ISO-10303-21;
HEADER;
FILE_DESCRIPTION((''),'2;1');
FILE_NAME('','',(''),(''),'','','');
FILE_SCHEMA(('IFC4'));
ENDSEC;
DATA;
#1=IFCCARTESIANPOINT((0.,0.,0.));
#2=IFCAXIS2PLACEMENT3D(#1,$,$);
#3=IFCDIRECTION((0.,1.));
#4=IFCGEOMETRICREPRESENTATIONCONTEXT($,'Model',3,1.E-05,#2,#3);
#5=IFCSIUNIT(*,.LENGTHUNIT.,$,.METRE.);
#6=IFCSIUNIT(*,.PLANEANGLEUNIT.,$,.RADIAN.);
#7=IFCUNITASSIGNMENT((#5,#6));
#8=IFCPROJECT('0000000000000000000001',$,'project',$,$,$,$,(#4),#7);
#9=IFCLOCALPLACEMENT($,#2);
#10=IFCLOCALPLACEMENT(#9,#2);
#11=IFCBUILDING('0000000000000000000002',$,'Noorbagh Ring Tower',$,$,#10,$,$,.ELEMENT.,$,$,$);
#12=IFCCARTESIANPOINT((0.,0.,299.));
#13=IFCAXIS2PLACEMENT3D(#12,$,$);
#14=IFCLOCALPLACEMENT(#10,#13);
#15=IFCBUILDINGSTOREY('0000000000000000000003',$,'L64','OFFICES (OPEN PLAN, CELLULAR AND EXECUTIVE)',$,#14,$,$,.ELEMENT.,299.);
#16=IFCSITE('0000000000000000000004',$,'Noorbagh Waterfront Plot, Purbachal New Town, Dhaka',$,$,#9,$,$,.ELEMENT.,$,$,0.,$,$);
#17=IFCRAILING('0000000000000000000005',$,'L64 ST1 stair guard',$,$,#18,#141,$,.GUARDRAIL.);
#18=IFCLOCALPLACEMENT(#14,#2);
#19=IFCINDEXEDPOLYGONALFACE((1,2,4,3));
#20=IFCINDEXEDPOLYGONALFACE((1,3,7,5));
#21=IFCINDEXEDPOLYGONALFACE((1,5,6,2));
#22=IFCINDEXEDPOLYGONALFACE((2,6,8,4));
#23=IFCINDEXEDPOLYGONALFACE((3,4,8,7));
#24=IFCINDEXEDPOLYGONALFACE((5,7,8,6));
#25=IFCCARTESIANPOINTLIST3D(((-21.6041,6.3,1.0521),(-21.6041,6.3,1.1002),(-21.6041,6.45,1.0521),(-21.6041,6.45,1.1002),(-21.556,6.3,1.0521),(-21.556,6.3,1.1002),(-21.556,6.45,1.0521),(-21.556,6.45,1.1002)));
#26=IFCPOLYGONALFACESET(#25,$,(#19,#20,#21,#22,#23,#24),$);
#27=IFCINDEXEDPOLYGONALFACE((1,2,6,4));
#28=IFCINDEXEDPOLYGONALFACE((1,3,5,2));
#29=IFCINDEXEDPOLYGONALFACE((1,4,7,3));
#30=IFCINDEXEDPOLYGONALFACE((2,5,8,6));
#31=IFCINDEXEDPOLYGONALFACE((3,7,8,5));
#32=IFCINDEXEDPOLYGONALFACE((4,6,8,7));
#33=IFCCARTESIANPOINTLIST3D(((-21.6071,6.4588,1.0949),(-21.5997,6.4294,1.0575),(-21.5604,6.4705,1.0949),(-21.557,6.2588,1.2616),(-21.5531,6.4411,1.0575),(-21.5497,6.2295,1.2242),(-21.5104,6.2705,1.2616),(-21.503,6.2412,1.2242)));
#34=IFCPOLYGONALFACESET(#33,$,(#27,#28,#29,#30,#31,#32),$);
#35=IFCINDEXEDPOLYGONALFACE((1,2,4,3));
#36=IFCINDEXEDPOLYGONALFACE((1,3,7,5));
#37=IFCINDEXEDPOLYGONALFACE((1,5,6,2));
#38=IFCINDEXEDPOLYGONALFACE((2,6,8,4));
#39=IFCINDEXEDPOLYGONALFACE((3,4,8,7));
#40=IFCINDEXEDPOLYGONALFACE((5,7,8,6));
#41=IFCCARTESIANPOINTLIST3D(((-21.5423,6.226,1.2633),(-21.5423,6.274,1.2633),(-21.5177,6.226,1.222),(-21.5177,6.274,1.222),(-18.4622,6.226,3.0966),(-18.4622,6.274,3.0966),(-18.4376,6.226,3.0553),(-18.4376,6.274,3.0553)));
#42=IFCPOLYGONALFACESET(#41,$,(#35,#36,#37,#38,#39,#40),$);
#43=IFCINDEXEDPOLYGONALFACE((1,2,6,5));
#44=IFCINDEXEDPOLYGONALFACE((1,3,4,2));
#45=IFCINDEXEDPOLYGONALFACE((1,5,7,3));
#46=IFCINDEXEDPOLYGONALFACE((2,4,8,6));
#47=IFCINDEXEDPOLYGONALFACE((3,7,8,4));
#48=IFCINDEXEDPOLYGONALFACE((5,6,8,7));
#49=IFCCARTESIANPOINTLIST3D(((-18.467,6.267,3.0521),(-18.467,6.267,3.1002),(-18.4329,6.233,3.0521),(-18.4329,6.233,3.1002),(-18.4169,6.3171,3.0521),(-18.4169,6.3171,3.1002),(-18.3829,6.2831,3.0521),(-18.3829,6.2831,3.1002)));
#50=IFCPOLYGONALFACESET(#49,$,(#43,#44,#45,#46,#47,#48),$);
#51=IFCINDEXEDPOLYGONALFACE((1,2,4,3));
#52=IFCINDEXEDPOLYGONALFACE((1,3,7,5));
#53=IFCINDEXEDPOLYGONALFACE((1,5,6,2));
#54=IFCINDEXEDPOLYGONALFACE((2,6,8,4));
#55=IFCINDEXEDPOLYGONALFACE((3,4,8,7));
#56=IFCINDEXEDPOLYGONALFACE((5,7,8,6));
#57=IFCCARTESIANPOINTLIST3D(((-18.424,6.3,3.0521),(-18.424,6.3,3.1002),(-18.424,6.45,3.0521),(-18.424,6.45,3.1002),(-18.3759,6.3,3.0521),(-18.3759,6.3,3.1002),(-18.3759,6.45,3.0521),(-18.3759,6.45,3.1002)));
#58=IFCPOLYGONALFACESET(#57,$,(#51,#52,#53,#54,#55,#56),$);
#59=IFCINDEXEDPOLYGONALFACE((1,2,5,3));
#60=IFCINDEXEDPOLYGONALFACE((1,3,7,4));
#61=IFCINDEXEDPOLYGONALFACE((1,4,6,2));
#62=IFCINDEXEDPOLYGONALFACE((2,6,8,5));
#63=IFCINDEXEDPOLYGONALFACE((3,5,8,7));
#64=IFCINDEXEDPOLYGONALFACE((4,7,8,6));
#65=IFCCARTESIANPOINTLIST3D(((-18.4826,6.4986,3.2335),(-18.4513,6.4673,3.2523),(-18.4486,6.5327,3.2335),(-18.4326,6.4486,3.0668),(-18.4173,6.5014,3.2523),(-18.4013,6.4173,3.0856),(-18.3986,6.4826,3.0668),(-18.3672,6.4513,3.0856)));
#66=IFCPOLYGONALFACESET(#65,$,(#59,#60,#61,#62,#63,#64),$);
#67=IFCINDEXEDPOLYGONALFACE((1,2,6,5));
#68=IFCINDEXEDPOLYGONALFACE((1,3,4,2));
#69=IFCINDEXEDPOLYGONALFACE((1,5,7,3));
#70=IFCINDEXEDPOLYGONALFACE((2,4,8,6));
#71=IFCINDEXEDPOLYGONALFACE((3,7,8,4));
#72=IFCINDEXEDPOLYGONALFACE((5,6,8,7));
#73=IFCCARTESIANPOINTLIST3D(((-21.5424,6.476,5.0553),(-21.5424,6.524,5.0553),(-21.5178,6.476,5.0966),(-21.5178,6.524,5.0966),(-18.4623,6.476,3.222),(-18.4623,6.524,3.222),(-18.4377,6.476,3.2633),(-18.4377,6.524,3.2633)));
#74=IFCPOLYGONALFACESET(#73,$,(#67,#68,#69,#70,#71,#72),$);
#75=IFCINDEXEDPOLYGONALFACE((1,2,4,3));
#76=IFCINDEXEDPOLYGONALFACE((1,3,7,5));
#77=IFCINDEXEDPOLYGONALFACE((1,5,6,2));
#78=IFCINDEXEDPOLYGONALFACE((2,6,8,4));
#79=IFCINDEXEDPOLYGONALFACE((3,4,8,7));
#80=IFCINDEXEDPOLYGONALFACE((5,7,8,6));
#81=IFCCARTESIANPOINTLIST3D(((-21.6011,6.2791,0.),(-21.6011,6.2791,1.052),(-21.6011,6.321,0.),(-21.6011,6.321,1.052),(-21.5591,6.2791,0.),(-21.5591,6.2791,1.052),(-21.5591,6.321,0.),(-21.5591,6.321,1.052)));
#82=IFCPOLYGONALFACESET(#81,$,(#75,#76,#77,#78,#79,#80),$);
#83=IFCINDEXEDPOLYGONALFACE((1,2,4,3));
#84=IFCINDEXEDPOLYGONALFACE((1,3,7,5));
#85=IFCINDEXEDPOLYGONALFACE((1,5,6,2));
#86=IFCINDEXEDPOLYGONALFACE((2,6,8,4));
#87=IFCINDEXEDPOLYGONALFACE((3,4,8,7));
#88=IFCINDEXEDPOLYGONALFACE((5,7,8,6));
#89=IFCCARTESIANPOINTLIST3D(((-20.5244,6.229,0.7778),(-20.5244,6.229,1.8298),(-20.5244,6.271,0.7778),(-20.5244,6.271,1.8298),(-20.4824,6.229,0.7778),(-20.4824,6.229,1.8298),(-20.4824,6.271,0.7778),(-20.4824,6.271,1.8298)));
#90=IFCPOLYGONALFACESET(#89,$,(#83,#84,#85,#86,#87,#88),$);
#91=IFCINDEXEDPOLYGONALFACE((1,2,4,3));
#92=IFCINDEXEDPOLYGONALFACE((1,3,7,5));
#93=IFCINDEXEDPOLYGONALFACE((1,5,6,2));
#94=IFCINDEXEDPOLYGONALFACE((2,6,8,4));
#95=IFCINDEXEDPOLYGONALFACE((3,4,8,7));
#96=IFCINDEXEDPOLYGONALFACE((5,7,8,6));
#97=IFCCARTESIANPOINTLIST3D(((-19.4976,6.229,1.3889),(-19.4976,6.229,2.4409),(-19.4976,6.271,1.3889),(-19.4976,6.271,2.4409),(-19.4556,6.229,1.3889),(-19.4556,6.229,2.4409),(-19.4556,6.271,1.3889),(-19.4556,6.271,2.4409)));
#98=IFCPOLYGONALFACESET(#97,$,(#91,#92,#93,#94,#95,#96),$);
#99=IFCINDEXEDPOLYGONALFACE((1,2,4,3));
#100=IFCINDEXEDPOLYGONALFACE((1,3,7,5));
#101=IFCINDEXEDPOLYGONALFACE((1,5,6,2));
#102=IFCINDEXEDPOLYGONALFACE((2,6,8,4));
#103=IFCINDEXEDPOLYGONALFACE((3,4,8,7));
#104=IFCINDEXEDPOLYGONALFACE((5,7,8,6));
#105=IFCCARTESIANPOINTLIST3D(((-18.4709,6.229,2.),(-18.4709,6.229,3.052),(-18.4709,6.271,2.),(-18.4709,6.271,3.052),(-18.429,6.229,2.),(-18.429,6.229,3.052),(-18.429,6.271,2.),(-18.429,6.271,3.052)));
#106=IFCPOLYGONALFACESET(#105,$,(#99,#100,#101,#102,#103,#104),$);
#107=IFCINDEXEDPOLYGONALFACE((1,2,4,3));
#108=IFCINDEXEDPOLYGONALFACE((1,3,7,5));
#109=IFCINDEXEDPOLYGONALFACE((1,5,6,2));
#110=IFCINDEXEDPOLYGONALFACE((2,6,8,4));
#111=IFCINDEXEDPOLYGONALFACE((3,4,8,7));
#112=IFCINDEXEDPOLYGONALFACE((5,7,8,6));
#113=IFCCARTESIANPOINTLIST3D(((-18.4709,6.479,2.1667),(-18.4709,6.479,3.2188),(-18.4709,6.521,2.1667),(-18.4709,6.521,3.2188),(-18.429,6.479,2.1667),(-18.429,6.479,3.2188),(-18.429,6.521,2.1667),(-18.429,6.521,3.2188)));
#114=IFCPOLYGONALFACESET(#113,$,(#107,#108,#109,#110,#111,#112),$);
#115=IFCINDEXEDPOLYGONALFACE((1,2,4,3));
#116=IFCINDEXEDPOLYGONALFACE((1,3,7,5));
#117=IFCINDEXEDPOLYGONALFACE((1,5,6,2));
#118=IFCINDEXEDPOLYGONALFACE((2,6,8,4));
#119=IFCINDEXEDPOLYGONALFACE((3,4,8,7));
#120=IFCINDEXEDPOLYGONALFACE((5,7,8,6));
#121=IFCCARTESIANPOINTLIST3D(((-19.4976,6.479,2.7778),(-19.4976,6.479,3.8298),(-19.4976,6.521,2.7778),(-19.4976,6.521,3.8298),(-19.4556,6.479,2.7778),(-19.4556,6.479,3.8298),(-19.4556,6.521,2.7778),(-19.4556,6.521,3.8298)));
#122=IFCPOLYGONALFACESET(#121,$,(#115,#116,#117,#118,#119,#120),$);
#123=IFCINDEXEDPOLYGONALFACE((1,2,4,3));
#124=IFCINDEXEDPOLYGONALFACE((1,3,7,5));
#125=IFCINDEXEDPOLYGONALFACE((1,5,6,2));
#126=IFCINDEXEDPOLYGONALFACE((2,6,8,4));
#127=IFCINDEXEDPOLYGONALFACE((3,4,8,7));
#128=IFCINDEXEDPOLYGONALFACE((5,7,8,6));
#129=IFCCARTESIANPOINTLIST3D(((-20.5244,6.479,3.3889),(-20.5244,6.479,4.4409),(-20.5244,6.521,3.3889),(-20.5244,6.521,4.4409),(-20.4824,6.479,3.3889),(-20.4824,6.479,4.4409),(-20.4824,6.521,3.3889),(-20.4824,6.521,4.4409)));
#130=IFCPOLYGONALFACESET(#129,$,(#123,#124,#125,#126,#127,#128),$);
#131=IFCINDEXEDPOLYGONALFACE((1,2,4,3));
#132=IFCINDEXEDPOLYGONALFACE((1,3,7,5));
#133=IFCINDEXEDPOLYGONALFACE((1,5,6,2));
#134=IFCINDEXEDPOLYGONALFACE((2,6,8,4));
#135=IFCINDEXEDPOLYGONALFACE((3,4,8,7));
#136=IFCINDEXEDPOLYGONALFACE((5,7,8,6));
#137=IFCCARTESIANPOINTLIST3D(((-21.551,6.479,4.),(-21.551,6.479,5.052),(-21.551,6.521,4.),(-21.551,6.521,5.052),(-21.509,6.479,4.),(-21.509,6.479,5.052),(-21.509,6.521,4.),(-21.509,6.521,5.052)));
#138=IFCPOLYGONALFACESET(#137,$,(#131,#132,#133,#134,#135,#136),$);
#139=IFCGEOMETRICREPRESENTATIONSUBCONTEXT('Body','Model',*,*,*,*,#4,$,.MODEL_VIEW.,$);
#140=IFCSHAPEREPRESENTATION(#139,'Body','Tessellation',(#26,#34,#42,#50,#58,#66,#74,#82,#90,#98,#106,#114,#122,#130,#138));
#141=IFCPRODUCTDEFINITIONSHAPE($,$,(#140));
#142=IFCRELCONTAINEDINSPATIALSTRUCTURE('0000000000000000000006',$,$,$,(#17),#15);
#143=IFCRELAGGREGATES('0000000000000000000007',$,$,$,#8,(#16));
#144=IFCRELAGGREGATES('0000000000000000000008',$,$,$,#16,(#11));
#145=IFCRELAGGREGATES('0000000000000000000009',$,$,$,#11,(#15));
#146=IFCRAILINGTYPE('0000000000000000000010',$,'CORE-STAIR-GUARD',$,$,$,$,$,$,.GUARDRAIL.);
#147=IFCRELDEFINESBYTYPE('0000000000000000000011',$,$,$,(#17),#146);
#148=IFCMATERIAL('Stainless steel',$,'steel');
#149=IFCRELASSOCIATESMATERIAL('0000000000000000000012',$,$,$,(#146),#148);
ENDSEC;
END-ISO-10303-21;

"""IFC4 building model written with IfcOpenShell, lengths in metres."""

from ifc_helpers import new_model, si_unit, direction, frame, origin, origin_2d, place, context, subcontext, project, spatial, rectangle, extrude, material, type_object, element, save


model = new_model("IFC4")

# Units and contexts
model_context = context("Model", 3, precision=1e-05, world=origin(), true_north=direction((0.0, 1.0)))
body_context = subcontext(model_context, "Body", "Model", "MODEL_VIEW")
ifc_project = project(units=[si_unit("LENGTHUNIT", "METRE"), si_unit("PLANEANGLEUNIT", "RADIAN")], contexts=[model_context])

# Site, building, storey
site_placement = place(None, origin())
site = spatial("IfcSite", under=ifc_project, at=site_placement, Name="Noorbagh Waterfront Plot, Purbachal New Town, Dhaka", CompositionType="ELEMENT", RefElevation=0.0)
building_placement = place(site_placement, origin())
building = spatial("IfcBuilding", under=site, at=building_placement, Name="Noorbagh Ring Tower", CompositionType="ELEMENT")
storey_placement = place(building_placement, frame((0.0, 0.0, 299.0)))
storey = spatial("IfcBuildingStorey", under=building, at=storey_placement, Name="L64", Description="OFFICES (OPEN PLAN, CELLULAR AND EXECUTIVE)", CompositionType="ELEMENT", Elevation=299.0)

# Railing
ifc_material_1 = material(Name="Stainless steel", Category="steel")
railing_type_1 = type_object("IfcRailingType", Name="CORE-STAIR-GUARD", PredefinedType="GUARDRAIL", material=ifc_material_1)
railing_1_placement = place(storey_placement, frame((-21.5801, 6.3, 0.0)))
element("IfcRailing", 1, at=railing_1_placement, inside=storey, type_object=railing_type_1, Name="L64 ST1 stair guard", PredefinedType="GUARDRAIL", context=body_context, shape_type="SweptSolid", body=[
    extrude(rectangle(XDim=0.0481, YDim=0.0481, at=origin_2d()), frame((0.0, 0.0, 1.0762), z_axis=(0.0, 1.0, 0.0), x_axis=(-1.0, 0.0, 0.0)), (0.0, 0.0, 1.0), 0.1499),
    extrude(rectangle(XDim=0.0481, YDim=0.0481, at=origin_2d()), frame((0.0, 0.1499, 1.0762), z_axis=(0.188776, -0.754182, 0.628946), x_axis=(0.970073, 0.242814, 0.0)), (0.0, 0.0, 1.0), 0.2651),
    extrude(rectangle(XDim=0.0481, YDim=0.0481, at=origin_2d()), frame((0.05, -0.05, 1.2427), z_axis=(0.859309, 0.0, 0.511458), x_axis=(0.0, 1.0, 0.0)), (0.0, 0.0, 1.0), 3.5845),
    extrude(rectangle(XDim=0.0481, YDim=0.0481, at=origin_2d()), frame((3.1301, -0.05, 3.0762), z_axis=(0.707107, 0.707107, 0.0), x_axis=(-0.707107, 0.707107, 0.0)), (0.0, 0.0, 1.0), 0.0708),
    extrude(rectangle(XDim=0.0481, YDim=0.0481, at=origin_2d()), frame((3.1802, 0.0, 3.0762), z_axis=(0.0, 1.0, 0.0), x_axis=(-1.0, 0.0, 0.0)), (0.0, 0.0, 1.0), 0.1499),
    extrude(rectangle(XDim=0.0481, YDim=0.0481, at=origin_2d()), frame((3.1802, 0.1499, 3.0762), z_axis=(-0.276287, 0.276287, 0.920506), x_axis=(-0.707107, -0.707107, 0.0)), (0.0, 0.0, 1.0), 0.1812),
    extrude(rectangle(XDim=0.0481, YDim=0.0481, at=origin_2d()), frame((3.1301, 0.2, 3.2427), z_axis=(-0.859309, 0.0, 0.511458), x_axis=(0.0, -1.0, 0.0)), (0.0, 0.0, 1.0), 3.5845),
    extrude(rectangle(XDim=0.042, YDim=0.042, at=origin_2d()), origin(), (0.0, 0.0, 1.0), 1.052),
    extrude(rectangle(XDim=0.042, YDim=0.042, at=origin_2d()), frame((1.0767, -0.05, 0.7778)), (0.0, 0.0, 1.0), 1.052),
    extrude(rectangle(XDim=0.042, YDim=0.042, at=origin_2d()), frame((2.1035, -0.05, 1.3889)), (0.0, 0.0, 1.0), 1.052),
    extrude(rectangle(XDim=0.042, YDim=0.042, at=origin_2d()), frame((3.1301, -0.05, 2.0)), (0.0, 0.0, 1.0), 1.052),
    extrude(rectangle(XDim=0.042, YDim=0.042, at=origin_2d()), frame((3.1301, 0.2, 2.1667)), (0.0, 0.0, 1.0), 1.052),
    extrude(rectangle(XDim=0.042, YDim=0.042, at=origin_2d()), frame((2.1035, 0.2, 2.7778)), (0.0, 0.0, 1.0), 1.052),
    extrude(rectangle(XDim=0.042, YDim=0.042, at=origin_2d()), frame((1.0767, 0.2, 3.3889)), (0.0, 0.0, 1.0), 1.052),
    extrude(rectangle(XDim=0.042, YDim=0.042, at=origin_2d()), frame((0.05, 0.2, 4.0)), (0.0, 0.0, 1.0), 1.052),
])

save(model, "model.ifc")
